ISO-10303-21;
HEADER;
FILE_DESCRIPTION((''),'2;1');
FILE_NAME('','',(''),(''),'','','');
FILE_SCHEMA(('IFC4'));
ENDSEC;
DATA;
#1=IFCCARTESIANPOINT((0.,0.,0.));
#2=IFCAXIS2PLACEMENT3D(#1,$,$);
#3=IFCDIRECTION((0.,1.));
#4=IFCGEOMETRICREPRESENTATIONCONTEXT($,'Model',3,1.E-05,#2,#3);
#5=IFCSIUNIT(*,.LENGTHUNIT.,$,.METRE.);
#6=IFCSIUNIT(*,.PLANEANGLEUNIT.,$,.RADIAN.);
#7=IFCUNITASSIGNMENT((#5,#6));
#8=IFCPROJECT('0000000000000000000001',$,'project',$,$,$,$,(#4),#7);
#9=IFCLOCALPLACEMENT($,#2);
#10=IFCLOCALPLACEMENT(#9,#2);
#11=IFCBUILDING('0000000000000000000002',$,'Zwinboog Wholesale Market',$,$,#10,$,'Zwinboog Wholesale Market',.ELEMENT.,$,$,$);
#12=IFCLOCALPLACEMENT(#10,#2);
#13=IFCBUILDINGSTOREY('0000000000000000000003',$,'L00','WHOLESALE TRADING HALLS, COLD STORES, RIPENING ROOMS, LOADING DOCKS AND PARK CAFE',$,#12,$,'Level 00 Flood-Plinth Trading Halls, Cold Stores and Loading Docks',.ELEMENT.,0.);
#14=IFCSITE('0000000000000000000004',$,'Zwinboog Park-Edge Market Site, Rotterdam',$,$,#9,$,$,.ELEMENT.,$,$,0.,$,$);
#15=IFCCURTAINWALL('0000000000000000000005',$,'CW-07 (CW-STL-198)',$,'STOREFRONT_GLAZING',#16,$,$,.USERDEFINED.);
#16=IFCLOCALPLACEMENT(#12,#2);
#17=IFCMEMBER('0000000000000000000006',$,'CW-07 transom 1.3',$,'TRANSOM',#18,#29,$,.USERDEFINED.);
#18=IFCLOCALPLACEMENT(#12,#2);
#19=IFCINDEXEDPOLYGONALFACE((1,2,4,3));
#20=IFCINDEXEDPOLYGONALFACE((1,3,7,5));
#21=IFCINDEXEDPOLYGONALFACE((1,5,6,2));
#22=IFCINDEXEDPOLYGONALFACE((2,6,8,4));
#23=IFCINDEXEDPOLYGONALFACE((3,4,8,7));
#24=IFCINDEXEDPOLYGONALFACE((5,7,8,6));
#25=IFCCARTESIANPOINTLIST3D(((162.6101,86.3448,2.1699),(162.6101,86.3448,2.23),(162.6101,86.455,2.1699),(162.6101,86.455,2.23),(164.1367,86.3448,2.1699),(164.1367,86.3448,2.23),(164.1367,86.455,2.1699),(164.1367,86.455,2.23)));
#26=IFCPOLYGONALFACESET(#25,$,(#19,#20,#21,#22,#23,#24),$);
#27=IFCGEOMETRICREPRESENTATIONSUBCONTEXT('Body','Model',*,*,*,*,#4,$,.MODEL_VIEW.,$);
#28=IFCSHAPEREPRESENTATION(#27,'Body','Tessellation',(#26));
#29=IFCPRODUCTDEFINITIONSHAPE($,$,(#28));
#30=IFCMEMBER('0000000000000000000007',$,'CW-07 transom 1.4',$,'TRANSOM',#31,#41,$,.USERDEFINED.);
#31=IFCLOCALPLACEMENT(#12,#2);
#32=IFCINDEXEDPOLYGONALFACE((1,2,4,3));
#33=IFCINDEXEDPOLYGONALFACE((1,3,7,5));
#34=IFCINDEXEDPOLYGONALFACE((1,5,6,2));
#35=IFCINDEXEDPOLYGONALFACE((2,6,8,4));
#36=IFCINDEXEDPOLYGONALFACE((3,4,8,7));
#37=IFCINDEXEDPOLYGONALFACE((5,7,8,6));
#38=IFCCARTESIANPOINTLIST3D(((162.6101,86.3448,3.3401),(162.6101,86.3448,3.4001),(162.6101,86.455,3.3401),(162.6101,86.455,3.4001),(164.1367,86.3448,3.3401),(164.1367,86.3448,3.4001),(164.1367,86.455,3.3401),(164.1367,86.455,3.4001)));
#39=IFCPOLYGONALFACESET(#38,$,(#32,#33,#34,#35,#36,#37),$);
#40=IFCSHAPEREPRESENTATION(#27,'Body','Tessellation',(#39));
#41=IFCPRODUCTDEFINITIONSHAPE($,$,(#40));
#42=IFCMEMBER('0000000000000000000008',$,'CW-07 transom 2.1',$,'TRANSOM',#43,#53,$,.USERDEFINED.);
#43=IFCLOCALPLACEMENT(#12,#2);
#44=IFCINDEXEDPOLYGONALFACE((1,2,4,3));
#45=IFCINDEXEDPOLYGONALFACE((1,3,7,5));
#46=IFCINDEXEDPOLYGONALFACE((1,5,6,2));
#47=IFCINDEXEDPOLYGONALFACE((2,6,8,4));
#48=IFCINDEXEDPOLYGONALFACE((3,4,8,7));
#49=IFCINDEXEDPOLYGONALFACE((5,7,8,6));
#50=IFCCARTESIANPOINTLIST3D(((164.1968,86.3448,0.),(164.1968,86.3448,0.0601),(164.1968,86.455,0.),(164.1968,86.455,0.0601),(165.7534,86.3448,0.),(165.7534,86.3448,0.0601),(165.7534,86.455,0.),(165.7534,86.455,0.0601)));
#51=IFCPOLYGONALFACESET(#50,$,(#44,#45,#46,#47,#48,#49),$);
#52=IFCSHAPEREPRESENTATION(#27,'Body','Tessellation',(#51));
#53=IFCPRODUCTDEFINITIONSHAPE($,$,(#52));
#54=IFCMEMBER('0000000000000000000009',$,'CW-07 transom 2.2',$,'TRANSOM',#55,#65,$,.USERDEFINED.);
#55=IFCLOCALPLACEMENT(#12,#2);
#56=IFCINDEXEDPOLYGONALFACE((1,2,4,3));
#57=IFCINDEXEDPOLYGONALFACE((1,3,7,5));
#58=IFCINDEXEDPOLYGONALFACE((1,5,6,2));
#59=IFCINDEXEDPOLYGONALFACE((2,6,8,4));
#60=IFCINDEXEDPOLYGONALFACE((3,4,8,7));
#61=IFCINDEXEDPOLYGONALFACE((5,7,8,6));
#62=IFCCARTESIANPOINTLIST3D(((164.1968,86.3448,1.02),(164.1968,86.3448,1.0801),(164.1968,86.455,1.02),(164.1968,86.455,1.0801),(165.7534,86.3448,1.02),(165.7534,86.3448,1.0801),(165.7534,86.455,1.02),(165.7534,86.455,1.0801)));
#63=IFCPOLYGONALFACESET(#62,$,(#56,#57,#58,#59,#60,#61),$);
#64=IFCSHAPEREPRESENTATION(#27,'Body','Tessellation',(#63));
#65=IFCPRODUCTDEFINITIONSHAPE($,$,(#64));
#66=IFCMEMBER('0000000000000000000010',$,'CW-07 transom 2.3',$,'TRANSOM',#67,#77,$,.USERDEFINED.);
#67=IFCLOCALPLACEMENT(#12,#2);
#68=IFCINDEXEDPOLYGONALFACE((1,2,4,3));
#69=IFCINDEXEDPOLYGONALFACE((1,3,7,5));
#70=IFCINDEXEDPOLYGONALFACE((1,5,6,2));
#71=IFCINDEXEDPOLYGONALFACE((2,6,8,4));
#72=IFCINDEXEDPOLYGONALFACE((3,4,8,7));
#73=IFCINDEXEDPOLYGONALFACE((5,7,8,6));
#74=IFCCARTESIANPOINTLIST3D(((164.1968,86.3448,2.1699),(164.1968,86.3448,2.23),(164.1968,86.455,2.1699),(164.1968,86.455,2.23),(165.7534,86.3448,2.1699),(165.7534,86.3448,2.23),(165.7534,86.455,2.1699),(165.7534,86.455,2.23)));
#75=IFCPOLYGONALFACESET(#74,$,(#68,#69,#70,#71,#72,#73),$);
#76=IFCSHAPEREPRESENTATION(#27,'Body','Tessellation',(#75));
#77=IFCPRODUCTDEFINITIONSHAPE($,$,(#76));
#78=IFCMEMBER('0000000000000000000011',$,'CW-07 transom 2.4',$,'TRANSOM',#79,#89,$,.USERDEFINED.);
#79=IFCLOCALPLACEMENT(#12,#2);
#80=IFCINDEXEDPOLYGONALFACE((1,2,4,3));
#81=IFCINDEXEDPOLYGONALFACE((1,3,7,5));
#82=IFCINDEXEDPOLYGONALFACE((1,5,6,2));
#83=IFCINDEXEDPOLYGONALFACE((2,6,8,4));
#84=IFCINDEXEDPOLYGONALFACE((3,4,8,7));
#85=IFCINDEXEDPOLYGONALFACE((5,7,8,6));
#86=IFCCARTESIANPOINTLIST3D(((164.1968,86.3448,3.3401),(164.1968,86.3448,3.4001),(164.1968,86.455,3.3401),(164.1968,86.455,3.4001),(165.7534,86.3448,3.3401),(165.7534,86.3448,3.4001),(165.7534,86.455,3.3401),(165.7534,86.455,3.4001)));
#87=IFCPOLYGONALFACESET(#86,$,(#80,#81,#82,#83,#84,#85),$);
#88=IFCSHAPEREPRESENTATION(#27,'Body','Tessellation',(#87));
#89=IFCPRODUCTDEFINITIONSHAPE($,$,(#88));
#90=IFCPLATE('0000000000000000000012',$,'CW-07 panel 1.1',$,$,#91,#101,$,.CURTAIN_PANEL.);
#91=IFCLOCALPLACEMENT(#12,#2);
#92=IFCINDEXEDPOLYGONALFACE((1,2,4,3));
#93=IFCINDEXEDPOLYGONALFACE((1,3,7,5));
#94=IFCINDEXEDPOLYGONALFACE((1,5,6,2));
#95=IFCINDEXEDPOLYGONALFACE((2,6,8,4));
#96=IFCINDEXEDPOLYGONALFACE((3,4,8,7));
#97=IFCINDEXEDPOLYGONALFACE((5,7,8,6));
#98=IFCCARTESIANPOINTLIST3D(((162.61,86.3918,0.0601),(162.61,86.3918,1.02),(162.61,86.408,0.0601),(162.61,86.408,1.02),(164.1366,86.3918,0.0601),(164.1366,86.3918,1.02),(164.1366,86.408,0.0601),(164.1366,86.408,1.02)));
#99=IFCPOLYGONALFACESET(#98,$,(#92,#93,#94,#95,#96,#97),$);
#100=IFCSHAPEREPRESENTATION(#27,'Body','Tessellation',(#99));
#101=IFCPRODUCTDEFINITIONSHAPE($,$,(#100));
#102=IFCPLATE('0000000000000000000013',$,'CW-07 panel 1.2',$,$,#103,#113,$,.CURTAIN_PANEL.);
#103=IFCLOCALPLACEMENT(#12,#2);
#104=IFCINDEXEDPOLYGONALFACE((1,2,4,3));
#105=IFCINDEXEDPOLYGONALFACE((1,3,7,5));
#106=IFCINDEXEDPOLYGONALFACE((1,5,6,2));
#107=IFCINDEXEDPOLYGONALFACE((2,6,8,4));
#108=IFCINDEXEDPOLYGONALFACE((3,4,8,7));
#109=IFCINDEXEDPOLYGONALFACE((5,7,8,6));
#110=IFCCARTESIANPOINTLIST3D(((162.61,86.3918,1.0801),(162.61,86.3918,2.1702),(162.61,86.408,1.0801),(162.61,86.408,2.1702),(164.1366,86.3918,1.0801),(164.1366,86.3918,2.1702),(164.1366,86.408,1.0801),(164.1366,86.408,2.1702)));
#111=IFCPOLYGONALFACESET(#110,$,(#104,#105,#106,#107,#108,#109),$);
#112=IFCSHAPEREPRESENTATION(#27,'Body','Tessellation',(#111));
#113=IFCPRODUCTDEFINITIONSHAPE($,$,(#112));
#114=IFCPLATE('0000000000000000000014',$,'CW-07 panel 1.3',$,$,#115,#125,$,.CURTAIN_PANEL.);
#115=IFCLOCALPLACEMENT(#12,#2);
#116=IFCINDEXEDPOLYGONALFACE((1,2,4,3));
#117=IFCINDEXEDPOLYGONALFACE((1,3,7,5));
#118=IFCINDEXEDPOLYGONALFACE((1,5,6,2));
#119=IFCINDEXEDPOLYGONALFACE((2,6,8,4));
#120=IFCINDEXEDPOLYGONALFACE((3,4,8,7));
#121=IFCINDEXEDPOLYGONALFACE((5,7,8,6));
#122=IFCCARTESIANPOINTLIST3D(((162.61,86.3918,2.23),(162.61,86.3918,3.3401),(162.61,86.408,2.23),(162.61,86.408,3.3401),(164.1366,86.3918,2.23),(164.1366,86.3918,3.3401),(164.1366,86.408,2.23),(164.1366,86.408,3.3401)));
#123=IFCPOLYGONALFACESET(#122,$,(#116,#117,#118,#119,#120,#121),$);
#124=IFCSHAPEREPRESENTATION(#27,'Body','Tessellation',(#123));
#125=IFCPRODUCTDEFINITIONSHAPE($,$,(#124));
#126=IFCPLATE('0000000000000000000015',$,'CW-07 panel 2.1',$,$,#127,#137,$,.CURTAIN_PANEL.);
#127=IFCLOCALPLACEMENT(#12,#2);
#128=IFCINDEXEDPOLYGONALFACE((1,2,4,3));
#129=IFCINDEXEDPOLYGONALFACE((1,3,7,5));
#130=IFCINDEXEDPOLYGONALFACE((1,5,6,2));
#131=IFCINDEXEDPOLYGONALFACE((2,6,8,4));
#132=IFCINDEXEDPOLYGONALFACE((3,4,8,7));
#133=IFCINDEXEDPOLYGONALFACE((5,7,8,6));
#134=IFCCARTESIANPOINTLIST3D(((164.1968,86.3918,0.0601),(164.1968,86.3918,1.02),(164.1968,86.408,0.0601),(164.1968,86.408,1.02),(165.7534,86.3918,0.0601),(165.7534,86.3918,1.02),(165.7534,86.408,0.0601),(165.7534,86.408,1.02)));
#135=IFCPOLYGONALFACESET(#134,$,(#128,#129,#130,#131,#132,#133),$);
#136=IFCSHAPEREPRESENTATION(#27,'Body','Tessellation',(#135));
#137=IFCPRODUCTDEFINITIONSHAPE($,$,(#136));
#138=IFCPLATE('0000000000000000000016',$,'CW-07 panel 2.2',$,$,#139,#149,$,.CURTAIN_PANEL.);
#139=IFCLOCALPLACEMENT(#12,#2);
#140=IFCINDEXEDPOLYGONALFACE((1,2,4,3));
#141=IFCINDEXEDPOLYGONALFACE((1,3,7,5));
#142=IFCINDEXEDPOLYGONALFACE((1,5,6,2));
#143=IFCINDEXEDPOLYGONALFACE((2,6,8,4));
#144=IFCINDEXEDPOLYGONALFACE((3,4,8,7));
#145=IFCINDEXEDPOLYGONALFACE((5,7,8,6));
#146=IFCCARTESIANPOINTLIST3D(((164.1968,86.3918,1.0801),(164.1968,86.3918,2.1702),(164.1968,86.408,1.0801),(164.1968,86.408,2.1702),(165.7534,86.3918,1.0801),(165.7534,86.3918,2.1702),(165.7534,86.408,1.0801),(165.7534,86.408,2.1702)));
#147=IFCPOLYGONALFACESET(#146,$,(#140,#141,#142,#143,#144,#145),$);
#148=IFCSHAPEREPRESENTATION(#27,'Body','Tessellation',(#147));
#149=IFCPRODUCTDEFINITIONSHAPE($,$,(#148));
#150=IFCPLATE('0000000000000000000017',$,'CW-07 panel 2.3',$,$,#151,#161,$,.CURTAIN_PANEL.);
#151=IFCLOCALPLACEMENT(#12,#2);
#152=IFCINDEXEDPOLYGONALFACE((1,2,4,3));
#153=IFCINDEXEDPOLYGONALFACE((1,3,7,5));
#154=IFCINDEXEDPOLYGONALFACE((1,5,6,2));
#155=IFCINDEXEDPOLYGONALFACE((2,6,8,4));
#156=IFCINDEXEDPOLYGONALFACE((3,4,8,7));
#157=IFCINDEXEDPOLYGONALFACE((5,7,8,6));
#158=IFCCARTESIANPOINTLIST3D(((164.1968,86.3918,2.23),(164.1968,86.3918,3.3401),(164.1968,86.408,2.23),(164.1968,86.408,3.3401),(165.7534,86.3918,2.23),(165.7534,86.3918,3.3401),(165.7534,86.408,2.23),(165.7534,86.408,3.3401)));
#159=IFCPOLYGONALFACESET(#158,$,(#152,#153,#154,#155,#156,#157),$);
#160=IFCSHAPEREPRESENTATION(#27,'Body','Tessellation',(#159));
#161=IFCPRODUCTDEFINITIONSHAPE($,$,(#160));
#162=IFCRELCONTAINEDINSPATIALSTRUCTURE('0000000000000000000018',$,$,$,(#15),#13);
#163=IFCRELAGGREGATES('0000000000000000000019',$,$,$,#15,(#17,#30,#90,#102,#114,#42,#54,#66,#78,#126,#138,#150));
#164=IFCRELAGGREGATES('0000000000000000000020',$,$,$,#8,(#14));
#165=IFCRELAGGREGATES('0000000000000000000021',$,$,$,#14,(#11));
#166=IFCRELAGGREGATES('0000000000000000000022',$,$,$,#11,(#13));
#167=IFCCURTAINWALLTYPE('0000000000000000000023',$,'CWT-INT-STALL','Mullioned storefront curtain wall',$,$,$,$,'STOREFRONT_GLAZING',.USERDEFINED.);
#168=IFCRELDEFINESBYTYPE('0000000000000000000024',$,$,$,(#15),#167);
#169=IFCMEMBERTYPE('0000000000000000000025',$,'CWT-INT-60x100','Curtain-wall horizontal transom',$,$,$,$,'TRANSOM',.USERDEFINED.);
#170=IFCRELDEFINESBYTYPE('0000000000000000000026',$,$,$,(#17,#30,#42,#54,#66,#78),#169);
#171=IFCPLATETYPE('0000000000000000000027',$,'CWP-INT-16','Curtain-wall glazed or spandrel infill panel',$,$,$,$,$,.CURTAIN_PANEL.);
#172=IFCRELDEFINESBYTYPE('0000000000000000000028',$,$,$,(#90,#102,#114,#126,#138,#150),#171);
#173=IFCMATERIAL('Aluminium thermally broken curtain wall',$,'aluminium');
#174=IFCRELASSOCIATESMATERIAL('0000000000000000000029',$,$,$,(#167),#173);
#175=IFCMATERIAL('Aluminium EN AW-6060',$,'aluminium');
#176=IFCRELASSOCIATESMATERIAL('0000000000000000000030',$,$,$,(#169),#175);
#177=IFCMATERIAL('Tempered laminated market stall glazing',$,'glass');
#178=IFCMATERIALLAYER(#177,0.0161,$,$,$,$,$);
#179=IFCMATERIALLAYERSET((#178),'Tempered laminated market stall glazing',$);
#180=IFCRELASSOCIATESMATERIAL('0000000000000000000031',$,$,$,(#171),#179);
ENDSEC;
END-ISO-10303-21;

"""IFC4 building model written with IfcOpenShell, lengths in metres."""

from ifc_helpers import new_model, si_unit, direction, frame, origin, origin_2d, place, context, subcontext, project, spatial, rectangle, extrude, material, layer, layer_set, material_profile, profile_set, type_object, element, aggregate, save


model = new_model("IFC4")

# Units and contexts
model_context = context("Model", 3, precision=1e-05, world=origin(), true_north=direction((0.0, 1.0)))
body_context = subcontext(model_context, "Body", "Model", "MODEL_VIEW")
ifc_project = project(units=[si_unit("LENGTHUNIT", "METRE"), si_unit("PLANEANGLEUNIT", "RADIAN")], contexts=[model_context])

# Site, building, storey
site_placement = place(None, origin())
site = spatial("IfcSite", under=ifc_project, at=site_placement, Name="Zwinboog Park-Edge Market Site, Rotterdam", CompositionType="ELEMENT", RefElevation=0.0)
building_placement = place(site_placement, origin())
building = spatial("IfcBuilding", under=site, at=building_placement, Name="Zwinboog Wholesale Market", LongName="Zwinboog Wholesale Market", CompositionType="ELEMENT")
storey_placement = place(building_placement, origin())
storey = spatial("IfcBuildingStorey", under=building, at=storey_placement, Name="L00", Description="WHOLESALE TRADING HALLS, COLD STORES, RIPENING ROOMS, LOADING DOCKS AND PARK CAFE", LongName="Level 00 Flood-Plinth Trading Halls, Cold Stores and Loading Docks", CompositionType="ELEMENT", Elevation=0.0)

# Curtain wall, members, plates
ifc_material_1 = material(Name="Aluminium thermally broken curtain wall", Category="aluminium")
curtain_wall_type = type_object("IfcCurtainWallType", Name="CWT-INT-STALL", Description="Mullioned storefront curtain wall", ElementType="STOREFRONT_GLAZING", PredefinedType="USERDEFINED", material=ifc_material_1)
curtain_wall_placement = place(storey_placement, origin())
curtain_wall = element("IfcCurtainWall", 1, at=curtain_wall_placement, inside=storey, type_object=curtain_wall_type, Name="CW-07 (CW-STL-198)", ObjectType="STOREFRONT_GLAZING", PredefinedType="USERDEFINED")
ifc_material_2 = material(Name="Aluminium EN AW-6060", Category="aluminium")
ifc_material_profile_1 = material_profile(ifc_material_2, rectangle(XDim=0.1101, YDim=0.0601, at=origin_2d()), Name="AL 60x110")
ifc_profile_set_1 = profile_set([ifc_material_profile_1], Name="Aluminium EN AW-6060")
member_type_1 = type_object("IfcMemberType", Name="CWT-INT-60x100", Description="Curtain-wall horizontal transom", ElementType="TRANSOM", PredefinedType="USERDEFINED", material=ifc_profile_set_1)
member_1_placement = place(storey_placement, frame((162.6101, 86.3999, 2.2), z_axis=(1.0, 0.0, 0.0), x_axis=(0.0, 1.0, 0.0)))
member_1 = element("IfcMember", 2, at=member_1_placement, type_object=member_type_1, Name="CW-07 transom 1.3", ObjectType="TRANSOM", PredefinedType="USERDEFINED", context=body_context, shape_type="SweptSolid", body=[
    extrude(rectangle(XDim=0.1101, YDim=0.0601, at=origin_2d()), origin(), (0.0, 0.0, 1.0), 1.5266),
])
member_2_placement = place(storey_placement, frame((162.6101, 86.3999, 3.3701), z_axis=(1.0, 0.0, 0.0), x_axis=(0.0, 1.0, 0.0)))
member_2 = element("IfcMember", 3, at=member_2_placement, type_object=member_type_1, Name="CW-07 transom 1.4", ObjectType="TRANSOM", PredefinedType="USERDEFINED", context=body_context, shape_type="SweptSolid", body=[
    extrude(rectangle(XDim=0.1101, YDim=0.0601, at=origin_2d()), origin(), (0.0, 0.0, 1.0), 1.5266),
])
member_3_placement = place(storey_placement, frame((164.1968, 86.3999, 0.03), z_axis=(1.0, 0.0, 0.0), x_axis=(0.0, 1.0, 0.0)))
member_3 = element("IfcMember", 4, at=member_3_placement, type_object=member_type_1, Name="CW-07 transom 2.1", ObjectType="TRANSOM", PredefinedType="USERDEFINED", context=body_context, shape_type="SweptSolid", body=[
    extrude(rectangle(XDim=0.1101, YDim=0.0601, at=origin_2d()), origin(), (0.0, 0.0, 1.0), 1.5566),
])
member_4_placement = place(storey_placement, frame((164.1968, 86.3999, 1.05), z_axis=(1.0, 0.0, 0.0), x_axis=(0.0, 1.0, 0.0)))
member_4 = element("IfcMember", 5, at=member_4_placement, type_object=member_type_1, Name="CW-07 transom 2.2", ObjectType="TRANSOM", PredefinedType="USERDEFINED", context=body_context, shape_type="SweptSolid", body=[
    extrude(rectangle(XDim=0.1101, YDim=0.0601, at=origin_2d()), origin(), (0.0, 0.0, 1.0), 1.5566),
])
member_5_placement = place(storey_placement, frame((164.1968, 86.3999, 2.2), z_axis=(1.0, 0.0, 0.0), x_axis=(0.0, 1.0, 0.0)))
member_5 = element("IfcMember", 6, at=member_5_placement, type_object=member_type_1, Name="CW-07 transom 2.3", ObjectType="TRANSOM", PredefinedType="USERDEFINED", context=body_context, shape_type="SweptSolid", body=[
    extrude(rectangle(XDim=0.1101, YDim=0.0601, at=origin_2d()), origin(), (0.0, 0.0, 1.0), 1.5566),
])
member_6_placement = place(storey_placement, frame((164.1968, 86.3999, 3.3701), z_axis=(1.0, 0.0, 0.0), x_axis=(0.0, 1.0, 0.0)))
member_6 = element("IfcMember", 7, at=member_6_placement, type_object=member_type_1, Name="CW-07 transom 2.4", ObjectType="TRANSOM", PredefinedType="USERDEFINED", context=body_context, shape_type="SweptSolid", body=[
    extrude(rectangle(XDim=0.1101, YDim=0.0601, at=origin_2d()), origin(), (0.0, 0.0, 1.0), 1.5566),
])
ifc_material_3 = material(Name="Tempered laminated market stall glazing", Category="glass")
ifc_layer = layer(ifc_material_3, 0.0161)
ifc_layer_set = layer_set([ifc_layer], Name="Tempered laminated market stall glazing")
plate_type = type_object("IfcPlateType", Name="CWP-INT-16", Description="Curtain-wall glazed or spandrel infill panel", PredefinedType="CURTAIN_PANEL", material=ifc_layer_set)
plate_1_placement = place(storey_placement, frame((163.3733, 86.3999, 0.0601), z_axis=(0.0, 0.0, 1.0), x_axis=(1.0, 0.0, 0.0)))
plate_1 = element("IfcPlate", 8, at=plate_1_placement, type_object=plate_type, Name="CW-07 panel 1.1", PredefinedType="CURTAIN_PANEL", context=body_context, shape_type="SweptSolid", body=[
    extrude(rectangle(XDim=1.5266, YDim=0.0161, at=origin_2d()), origin(), (0.0, 0.0, 1.0), 0.96),
])
plate_2_placement = place(storey_placement, frame((163.3733, 86.3999, 1.0801), z_axis=(0.0, 0.0, 1.0), x_axis=(1.0, 0.0, 0.0)))
plate_2 = element("IfcPlate", 9, at=plate_2_placement, type_object=plate_type, Name="CW-07 panel 1.2", PredefinedType="CURTAIN_PANEL", context=body_context, shape_type="SweptSolid", body=[
    extrude(rectangle(XDim=1.5266, YDim=0.0161, at=origin_2d()), origin(), (0.0, 0.0, 1.0), 1.0901),
])
plate_3_placement = place(storey_placement, frame((163.3733, 86.3999, 2.23), z_axis=(0.0, 0.0, 1.0), x_axis=(1.0, 0.0, 0.0)))
plate_3 = element("IfcPlate", 10, at=plate_3_placement, type_object=plate_type, Name="CW-07 panel 1.3", PredefinedType="CURTAIN_PANEL", context=body_context, shape_type="SweptSolid", body=[
    extrude(rectangle(XDim=1.5266, YDim=0.0161, at=origin_2d()), origin(), (0.0, 0.0, 1.0), 1.1101),
])
plate_4_placement = place(storey_placement, frame((164.9751, 86.3999, 0.0601), z_axis=(0.0, 0.0, 1.0), x_axis=(1.0, 0.0, 0.0)))
plate_4 = element("IfcPlate", 11, at=plate_4_placement, type_object=plate_type, Name="CW-07 panel 2.1", PredefinedType="CURTAIN_PANEL", context=body_context, shape_type="SweptSolid", body=[
    extrude(rectangle(XDim=1.5566, YDim=0.0161, at=origin_2d()), origin(), (0.0, 0.0, 1.0), 0.96),
])
plate_5_placement = place(storey_placement, frame((164.9751, 86.3999, 1.0801), z_axis=(0.0, 0.0, 1.0), x_axis=(1.0, 0.0, 0.0)))
plate_5 = element("IfcPlate", 12, at=plate_5_placement, type_object=plate_type, Name="CW-07 panel 2.2", PredefinedType="CURTAIN_PANEL", context=body_context, shape_type="SweptSolid", body=[
    extrude(rectangle(XDim=1.5566, YDim=0.0161, at=origin_2d()), origin(), (0.0, 0.0, 1.0), 1.0901),
])
plate_6_placement = place(storey_placement, frame((164.9751, 86.3999, 2.23), z_axis=(0.0, 0.0, 1.0), x_axis=(1.0, 0.0, 0.0)))
plate_6 = element("IfcPlate", 13, at=plate_6_placement, type_object=plate_type, Name="CW-07 panel 2.3", PredefinedType="CURTAIN_PANEL", context=body_context, shape_type="SweptSolid", body=[
    extrude(rectangle(XDim=1.5566, YDim=0.0161, at=origin_2d()), origin(), (0.0, 0.0, 1.0), 1.1101),
])
aggregate(curtain_wall, [member_1, member_2, plate_1, plate_2, plate_3, member_3, member_4, member_5, member_6, plate_4, plate_5, plate_6])

save(model, "model.ifc")
